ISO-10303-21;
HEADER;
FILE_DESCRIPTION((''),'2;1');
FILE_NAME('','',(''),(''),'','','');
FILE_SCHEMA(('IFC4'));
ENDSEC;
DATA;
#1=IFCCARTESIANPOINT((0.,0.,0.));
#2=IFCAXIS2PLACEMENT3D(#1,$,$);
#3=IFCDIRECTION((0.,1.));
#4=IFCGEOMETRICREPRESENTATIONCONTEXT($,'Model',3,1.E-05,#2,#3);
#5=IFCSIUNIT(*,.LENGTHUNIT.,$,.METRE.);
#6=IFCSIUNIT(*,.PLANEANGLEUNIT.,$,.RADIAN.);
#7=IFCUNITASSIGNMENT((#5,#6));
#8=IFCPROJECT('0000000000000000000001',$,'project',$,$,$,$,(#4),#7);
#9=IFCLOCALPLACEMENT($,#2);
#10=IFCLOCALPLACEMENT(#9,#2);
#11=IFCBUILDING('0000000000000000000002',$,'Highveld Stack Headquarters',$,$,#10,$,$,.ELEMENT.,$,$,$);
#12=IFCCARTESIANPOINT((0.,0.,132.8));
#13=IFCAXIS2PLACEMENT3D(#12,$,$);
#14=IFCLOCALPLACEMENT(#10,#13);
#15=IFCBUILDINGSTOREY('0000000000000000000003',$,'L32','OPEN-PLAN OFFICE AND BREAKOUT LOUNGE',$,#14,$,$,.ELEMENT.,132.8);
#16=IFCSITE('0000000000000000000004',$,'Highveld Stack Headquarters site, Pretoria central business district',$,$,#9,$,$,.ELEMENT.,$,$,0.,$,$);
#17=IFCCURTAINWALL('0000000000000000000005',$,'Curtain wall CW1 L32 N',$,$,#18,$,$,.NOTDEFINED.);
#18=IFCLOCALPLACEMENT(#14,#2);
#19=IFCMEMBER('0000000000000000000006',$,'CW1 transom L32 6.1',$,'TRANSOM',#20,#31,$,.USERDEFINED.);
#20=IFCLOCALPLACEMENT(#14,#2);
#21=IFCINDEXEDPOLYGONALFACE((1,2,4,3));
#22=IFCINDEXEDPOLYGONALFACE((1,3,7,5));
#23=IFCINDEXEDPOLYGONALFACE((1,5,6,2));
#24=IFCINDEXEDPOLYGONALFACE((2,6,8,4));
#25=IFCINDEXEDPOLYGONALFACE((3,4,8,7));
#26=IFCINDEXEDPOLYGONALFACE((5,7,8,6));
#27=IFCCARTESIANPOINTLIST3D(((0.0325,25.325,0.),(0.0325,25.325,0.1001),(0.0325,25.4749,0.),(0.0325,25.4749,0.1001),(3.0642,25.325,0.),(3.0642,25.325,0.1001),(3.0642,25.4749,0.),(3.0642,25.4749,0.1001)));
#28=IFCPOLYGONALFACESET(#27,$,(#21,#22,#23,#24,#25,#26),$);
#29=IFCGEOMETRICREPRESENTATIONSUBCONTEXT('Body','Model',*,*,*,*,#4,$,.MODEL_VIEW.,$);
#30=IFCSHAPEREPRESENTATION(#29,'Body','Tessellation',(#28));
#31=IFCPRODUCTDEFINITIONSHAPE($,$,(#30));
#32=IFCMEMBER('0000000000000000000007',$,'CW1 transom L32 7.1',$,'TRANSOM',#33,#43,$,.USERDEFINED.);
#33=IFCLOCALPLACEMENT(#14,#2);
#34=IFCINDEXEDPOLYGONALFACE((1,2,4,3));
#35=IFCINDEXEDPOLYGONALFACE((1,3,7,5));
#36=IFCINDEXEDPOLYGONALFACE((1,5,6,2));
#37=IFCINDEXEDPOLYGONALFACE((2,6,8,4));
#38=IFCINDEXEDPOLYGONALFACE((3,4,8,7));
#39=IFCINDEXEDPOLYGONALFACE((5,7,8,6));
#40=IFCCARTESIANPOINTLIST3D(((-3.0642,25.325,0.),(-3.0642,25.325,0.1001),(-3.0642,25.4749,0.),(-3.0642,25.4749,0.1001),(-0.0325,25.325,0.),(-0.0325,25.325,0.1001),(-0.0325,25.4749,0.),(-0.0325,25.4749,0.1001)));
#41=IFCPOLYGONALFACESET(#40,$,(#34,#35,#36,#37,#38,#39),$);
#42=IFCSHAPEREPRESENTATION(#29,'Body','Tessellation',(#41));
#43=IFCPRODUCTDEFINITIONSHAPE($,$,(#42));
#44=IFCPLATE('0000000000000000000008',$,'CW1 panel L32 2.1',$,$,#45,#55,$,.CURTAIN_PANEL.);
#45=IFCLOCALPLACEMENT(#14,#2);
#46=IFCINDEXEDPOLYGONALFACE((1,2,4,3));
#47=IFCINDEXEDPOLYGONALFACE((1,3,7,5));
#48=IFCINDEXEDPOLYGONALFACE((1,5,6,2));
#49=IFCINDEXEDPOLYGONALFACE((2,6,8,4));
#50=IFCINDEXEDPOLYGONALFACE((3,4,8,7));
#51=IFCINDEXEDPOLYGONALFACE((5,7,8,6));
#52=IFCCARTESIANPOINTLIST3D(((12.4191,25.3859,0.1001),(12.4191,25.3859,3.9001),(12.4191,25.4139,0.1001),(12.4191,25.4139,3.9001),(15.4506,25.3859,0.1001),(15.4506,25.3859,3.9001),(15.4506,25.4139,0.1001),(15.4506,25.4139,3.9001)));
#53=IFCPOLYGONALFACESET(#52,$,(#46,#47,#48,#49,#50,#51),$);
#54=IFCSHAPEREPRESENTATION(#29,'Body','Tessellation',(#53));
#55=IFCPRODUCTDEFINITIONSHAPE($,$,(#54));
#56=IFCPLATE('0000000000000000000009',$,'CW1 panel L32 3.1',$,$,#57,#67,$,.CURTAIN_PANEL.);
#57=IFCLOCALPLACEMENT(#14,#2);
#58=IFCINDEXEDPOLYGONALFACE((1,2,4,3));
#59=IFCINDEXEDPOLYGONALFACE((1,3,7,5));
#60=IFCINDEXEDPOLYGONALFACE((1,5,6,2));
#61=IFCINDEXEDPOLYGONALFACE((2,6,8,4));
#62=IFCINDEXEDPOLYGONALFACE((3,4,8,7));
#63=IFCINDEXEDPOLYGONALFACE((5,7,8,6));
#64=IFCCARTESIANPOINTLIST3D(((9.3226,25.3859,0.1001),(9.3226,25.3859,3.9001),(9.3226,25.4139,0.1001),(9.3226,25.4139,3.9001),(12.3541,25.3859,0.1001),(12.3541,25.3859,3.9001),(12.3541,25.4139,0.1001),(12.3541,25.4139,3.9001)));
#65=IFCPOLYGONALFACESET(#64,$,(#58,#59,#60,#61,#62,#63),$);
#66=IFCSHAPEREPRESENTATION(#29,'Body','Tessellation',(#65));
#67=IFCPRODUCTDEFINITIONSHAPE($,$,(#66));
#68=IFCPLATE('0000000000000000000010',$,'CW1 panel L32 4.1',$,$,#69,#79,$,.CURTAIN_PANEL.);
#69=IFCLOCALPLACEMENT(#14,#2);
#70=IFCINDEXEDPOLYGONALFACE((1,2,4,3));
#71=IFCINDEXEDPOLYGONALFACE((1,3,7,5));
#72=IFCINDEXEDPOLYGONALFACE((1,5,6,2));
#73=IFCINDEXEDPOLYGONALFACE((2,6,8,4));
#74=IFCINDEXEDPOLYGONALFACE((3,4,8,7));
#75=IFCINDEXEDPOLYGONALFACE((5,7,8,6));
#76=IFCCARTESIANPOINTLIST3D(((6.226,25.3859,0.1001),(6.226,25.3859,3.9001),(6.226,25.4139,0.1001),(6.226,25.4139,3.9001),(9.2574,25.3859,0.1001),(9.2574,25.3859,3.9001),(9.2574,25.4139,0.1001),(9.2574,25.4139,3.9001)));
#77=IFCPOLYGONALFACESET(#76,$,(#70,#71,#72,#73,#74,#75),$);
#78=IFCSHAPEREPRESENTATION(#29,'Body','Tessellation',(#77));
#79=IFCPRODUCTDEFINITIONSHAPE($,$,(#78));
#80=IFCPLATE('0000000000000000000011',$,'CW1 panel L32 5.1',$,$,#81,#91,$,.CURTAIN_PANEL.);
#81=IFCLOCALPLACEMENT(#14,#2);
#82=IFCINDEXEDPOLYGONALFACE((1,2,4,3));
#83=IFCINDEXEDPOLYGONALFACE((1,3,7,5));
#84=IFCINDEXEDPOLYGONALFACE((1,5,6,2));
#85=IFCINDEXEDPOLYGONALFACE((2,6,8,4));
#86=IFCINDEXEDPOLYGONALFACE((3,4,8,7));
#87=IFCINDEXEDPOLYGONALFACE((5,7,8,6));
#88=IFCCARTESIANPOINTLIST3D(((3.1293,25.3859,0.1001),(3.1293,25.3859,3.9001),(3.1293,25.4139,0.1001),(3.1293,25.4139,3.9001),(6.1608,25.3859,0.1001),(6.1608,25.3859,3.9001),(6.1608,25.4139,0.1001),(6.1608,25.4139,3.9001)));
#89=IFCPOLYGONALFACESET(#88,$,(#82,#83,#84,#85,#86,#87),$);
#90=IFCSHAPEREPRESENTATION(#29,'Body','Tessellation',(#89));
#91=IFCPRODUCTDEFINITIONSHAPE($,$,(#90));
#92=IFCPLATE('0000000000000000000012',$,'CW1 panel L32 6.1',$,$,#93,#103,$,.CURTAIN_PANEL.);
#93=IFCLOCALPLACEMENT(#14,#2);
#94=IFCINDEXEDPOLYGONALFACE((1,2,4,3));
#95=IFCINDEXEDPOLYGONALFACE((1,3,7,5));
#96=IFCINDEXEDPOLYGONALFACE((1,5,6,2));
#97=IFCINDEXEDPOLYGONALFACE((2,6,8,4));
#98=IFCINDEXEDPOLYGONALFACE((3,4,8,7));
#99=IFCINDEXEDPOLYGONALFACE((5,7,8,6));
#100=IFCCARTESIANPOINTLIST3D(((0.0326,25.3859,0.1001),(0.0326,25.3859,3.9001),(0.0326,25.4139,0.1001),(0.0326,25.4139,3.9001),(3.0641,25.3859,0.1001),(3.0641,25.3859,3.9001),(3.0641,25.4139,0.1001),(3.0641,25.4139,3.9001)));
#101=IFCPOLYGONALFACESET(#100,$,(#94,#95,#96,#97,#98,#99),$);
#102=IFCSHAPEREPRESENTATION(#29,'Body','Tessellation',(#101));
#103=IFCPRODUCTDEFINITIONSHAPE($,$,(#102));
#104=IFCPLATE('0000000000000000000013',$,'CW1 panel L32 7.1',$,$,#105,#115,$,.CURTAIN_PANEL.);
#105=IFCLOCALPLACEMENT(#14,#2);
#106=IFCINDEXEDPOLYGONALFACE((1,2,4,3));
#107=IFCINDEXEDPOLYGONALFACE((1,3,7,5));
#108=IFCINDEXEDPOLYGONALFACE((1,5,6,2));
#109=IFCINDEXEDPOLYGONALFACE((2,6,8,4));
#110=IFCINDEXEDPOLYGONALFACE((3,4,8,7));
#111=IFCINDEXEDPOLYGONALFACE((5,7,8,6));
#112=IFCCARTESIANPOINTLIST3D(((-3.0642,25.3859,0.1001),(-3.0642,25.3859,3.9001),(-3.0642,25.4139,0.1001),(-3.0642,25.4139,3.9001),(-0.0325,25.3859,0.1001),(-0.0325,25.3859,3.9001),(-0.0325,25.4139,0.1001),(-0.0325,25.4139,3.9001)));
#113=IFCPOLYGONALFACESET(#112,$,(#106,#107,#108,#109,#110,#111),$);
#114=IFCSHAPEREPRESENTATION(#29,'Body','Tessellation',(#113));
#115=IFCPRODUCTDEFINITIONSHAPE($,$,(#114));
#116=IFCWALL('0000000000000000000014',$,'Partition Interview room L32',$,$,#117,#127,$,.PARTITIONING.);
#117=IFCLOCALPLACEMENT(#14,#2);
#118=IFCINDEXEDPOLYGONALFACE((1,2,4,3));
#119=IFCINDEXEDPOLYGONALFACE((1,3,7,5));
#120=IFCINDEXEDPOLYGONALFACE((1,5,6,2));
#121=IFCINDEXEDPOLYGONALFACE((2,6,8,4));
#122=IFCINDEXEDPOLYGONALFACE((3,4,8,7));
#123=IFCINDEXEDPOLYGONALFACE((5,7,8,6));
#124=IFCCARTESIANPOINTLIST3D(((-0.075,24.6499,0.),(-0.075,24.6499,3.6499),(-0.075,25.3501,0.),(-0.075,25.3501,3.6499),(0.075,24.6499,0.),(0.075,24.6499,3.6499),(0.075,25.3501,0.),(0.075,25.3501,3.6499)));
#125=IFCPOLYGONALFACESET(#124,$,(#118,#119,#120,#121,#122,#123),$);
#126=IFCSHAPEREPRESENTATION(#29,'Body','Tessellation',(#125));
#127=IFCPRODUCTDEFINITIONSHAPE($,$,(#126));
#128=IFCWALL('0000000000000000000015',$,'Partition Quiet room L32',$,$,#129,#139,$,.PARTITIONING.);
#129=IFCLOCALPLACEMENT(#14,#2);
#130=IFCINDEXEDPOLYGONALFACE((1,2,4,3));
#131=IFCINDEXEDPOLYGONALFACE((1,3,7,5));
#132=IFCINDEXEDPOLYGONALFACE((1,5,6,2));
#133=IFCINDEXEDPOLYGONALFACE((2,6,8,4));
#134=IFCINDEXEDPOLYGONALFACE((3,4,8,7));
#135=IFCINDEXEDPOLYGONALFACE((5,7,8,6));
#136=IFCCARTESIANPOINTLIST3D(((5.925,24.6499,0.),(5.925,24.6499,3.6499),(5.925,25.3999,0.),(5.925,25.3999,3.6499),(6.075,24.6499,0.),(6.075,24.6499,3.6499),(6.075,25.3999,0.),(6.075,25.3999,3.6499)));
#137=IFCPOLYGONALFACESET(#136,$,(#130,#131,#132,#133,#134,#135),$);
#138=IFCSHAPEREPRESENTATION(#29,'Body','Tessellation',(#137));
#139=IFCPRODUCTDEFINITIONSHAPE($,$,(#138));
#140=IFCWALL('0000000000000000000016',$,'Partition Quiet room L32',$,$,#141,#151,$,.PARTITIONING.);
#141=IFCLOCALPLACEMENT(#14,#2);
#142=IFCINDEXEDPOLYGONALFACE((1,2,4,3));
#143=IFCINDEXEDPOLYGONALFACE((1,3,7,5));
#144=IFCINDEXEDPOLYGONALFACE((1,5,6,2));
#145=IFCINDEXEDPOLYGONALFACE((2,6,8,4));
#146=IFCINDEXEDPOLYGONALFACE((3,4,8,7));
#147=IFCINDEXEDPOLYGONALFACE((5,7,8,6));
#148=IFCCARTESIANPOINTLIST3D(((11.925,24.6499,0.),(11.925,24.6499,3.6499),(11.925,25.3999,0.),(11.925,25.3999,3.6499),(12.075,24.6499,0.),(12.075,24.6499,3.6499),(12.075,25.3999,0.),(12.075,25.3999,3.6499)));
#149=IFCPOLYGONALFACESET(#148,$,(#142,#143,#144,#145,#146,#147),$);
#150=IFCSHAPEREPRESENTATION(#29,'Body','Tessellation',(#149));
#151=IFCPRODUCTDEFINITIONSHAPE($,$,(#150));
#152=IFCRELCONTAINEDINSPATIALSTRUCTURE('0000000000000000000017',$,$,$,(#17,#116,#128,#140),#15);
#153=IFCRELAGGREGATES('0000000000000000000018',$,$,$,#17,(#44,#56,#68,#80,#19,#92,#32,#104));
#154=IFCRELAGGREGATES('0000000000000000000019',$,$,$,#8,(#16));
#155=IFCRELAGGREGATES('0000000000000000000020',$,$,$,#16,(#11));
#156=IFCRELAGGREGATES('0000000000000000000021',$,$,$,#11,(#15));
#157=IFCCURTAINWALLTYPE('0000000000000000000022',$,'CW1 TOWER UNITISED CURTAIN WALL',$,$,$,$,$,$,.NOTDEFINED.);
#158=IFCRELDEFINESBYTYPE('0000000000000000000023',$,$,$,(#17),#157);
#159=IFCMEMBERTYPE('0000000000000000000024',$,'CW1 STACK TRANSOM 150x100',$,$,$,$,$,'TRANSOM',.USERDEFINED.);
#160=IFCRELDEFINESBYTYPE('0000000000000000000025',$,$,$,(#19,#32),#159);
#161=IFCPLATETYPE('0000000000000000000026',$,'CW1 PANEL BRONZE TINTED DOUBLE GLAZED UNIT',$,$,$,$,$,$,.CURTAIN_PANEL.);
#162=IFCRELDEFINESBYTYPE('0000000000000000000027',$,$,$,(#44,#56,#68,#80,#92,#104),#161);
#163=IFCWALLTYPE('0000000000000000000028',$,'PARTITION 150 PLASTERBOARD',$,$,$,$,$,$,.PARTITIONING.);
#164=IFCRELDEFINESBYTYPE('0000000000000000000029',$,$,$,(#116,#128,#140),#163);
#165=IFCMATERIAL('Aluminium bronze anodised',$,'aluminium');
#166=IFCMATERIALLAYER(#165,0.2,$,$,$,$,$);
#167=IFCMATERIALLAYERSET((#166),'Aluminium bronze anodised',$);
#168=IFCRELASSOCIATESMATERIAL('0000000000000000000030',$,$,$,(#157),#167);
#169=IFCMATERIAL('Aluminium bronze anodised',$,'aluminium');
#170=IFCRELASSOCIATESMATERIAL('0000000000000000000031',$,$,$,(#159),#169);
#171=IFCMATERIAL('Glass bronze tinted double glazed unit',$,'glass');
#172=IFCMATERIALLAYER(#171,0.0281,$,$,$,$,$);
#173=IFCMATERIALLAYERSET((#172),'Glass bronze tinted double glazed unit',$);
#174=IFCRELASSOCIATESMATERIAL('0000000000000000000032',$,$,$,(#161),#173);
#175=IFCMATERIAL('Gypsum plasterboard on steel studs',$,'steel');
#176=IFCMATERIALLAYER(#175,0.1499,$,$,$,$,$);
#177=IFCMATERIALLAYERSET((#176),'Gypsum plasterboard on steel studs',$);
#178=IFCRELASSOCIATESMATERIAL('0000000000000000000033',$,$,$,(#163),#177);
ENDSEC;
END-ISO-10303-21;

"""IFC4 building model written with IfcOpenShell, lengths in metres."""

from ifc_helpers import new_model, si_unit, direction, frame, frame_2d, origin, origin_2d, place, context, subcontext, project, spatial, rectangle, extrude, material, layer, layer_set, material_profile, profile_set, type_object, element, aggregate, save


model = new_model("IFC4")

# Units and contexts
model_context = context("Model", 3, precision=1e-05, world=origin(), true_north=direction((0.0, 1.0)))
body_context = subcontext(model_context, "Body", "Model", "MODEL_VIEW")
ifc_project = project(units=[si_unit("LENGTHUNIT", "METRE"), si_unit("PLANEANGLEUNIT", "RADIAN")], contexts=[model_context])

# Site, building, storey
site_placement = place(None, origin())
site = spatial("IfcSite", under=ifc_project, at=site_placement, Name="Highveld Stack Headquarters site, Pretoria central business district", CompositionType="ELEMENT", RefElevation=0.0)
building_placement = place(site_placement, origin())
building = spatial("IfcBuilding", under=site, at=building_placement, Name="Highveld Stack Headquarters", CompositionType="ELEMENT")
storey_placement = place(building_placement, frame((0.0, 0.0, 132.8)))
storey = spatial("IfcBuildingStorey", under=building, at=storey_placement, Name="L32", Description="OPEN-PLAN OFFICE AND BREAKOUT LOUNGE", CompositionType="ELEMENT", Elevation=132.8)

# Curtain wall, members, plates
ifc_material_1 = material(Name="Aluminium bronze anodised", Category="aluminium")
ifc_layer_1 = layer(ifc_material_1, 0.2)
ifc_layer_set_1 = layer_set([ifc_layer_1], Name="Aluminium bronze anodised")
curtain_wall_type = type_object("IfcCurtainWallType", Name="CW1 TOWER UNITISED CURTAIN WALL", PredefinedType="NOTDEFINED", material=ifc_layer_set_1)
curtain_wall_placement = place(storey_placement, origin())
curtain_wall = element("IfcCurtainWall", 1, at=curtain_wall_placement, inside=storey, type_object=curtain_wall_type, Name="Curtain wall CW1 L32 N", PredefinedType="NOTDEFINED")
ifc_material_2 = material(Name="Aluminium bronze anodised", Category="aluminium")
ifc_material_profile_1 = material_profile(ifc_material_2, rectangle(XDim=0.1499, YDim=0.1001, at=origin_2d()), Name="CW1 TRANSOM 150x100")
ifc_profile_set_1 = profile_set([ifc_material_profile_1], Name="Aluminium bronze anodised")
member_type_1 = type_object("IfcMemberType", Name="CW1 STACK TRANSOM 150x100", ElementType="TRANSOM", PredefinedType="USERDEFINED", material=ifc_profile_set_1)
member_1_placement = place(storey_placement, frame((3.0642, 25.3999, 0.05), z_axis=(-1.0, 0.0, 0.0), x_axis=(0.0, -1.0, 0.0)))
member_1 = element("IfcMember", 2, at=member_1_placement, type_object=member_type_1, Name="CW1 transom L32 6.1", ObjectType="TRANSOM", PredefinedType="USERDEFINED", context=body_context, shape_type="SweptSolid", body=[
    extrude(rectangle(XDim=0.1499, YDim=0.1001, at=origin_2d()), origin(), (0.0, 0.0, 1.0), 3.0317),
])
member_2_placement = place(storey_placement, frame((-0.0325, 25.3999, 0.05), z_axis=(-1.0, 0.0, 0.0), x_axis=(0.0, -1.0, 0.0)))
member_2 = element("IfcMember", 3, at=member_2_placement, type_object=member_type_1, Name="CW1 transom L32 7.1", ObjectType="TRANSOM", PredefinedType="USERDEFINED", context=body_context, shape_type="SweptSolid", body=[
    extrude(rectangle(XDim=0.1499, YDim=0.1001, at=origin_2d()), origin(), (0.0, 0.0, 1.0), 3.0317),
])
ifc_material_3 = material(Name="Glass bronze tinted double glazed unit", Category="glass")
ifc_layer_2 = layer(ifc_material_3, 0.0281)
ifc_layer_set_2 = layer_set([ifc_layer_2], Name="Glass bronze tinted double glazed unit")
plate_type = type_object("IfcPlateType", Name="CW1 PANEL BRONZE TINTED DOUBLE GLAZED UNIT", PredefinedType="CURTAIN_PANEL", material=ifc_layer_set_2)
plate_1_placement = place(storey_placement, frame((13.9348, 25.3999, 0.1001), z_axis=(0.0, 0.0, 1.0), x_axis=(-1.0, 0.0, 0.0)))
plate_1 = element("IfcPlate", 4, at=plate_1_placement, type_object=plate_type, Name="CW1 panel L32 2.1", PredefinedType="CURTAIN_PANEL", context=body_context, shape_type="SweptSolid", body=[
    extrude(rectangle(XDim=3.0315, YDim=0.0281, at=origin_2d()), origin(), (0.0, 0.0, 1.0), 3.8),
])
plate_2_placement = place(storey_placement, frame((10.8384, 25.3999, 0.1001), z_axis=(0.0, 0.0, 1.0), x_axis=(-1.0, 0.0, 0.0)))
plate_2 = element("IfcPlate", 5, at=plate_2_placement, type_object=plate_type, Name="CW1 panel L32 3.1", PredefinedType="CURTAIN_PANEL", context=body_context, shape_type="SweptSolid", body=[
    extrude(rectangle(XDim=3.0315, YDim=0.0281, at=origin_2d()), origin(), (0.0, 0.0, 1.0), 3.8),
])
plate_3_placement = place(storey_placement, frame((7.7417, 25.3999, 0.1001), z_axis=(0.0, 0.0, 1.0), x_axis=(-1.0, 0.0, 0.0)))
plate_3 = element("IfcPlate", 6, at=plate_3_placement, type_object=plate_type, Name="CW1 panel L32 4.1", PredefinedType="CURTAIN_PANEL", context=body_context, shape_type="SweptSolid", body=[
    extrude(rectangle(XDim=3.0315, YDim=0.0281, at=origin_2d()), origin(), (0.0, 0.0, 1.0), 3.8),
])
plate_4_placement = place(storey_placement, frame((4.645, 25.3999, 0.1001), z_axis=(0.0, 0.0, 1.0), x_axis=(-1.0, 0.0, 0.0)))
plate_4 = element("IfcPlate", 7, at=plate_4_placement, type_object=plate_type, Name="CW1 panel L32 5.1", PredefinedType="CURTAIN_PANEL", context=body_context, shape_type="SweptSolid", body=[
    extrude(rectangle(XDim=3.0315, YDim=0.0281, at=origin_2d()), origin(), (0.0, 0.0, 1.0), 3.8),
])
plate_5_placement = place(storey_placement, frame((1.5483, 25.3999, 0.1001), z_axis=(0.0, 0.0, 1.0), x_axis=(-1.0, 0.0, 0.0)))
plate_5 = element("IfcPlate", 8, at=plate_5_placement, type_object=plate_type, Name="CW1 panel L32 6.1", PredefinedType="CURTAIN_PANEL", context=body_context, shape_type="SweptSolid", body=[
    extrude(rectangle(XDim=3.0315, YDim=0.0281, at=origin_2d()), origin(), (0.0, 0.0, 1.0), 3.8),
])
plate_6_placement = place(storey_placement, frame((-1.5483, 25.3999, 0.1001), z_axis=(0.0, 0.0, 1.0), x_axis=(-1.0, 0.0, 0.0)))
plate_6 = element("IfcPlate", 9, at=plate_6_placement, type_object=plate_type, Name="CW1 panel L32 7.1", PredefinedType="CURTAIN_PANEL", context=body_context, shape_type="SweptSolid", body=[
    extrude(rectangle(XDim=3.0317, YDim=0.0281, at=origin_2d()), origin(), (0.0, 0.0, 1.0), 3.8),
])
aggregate(curtain_wall, [plate_1, plate_2, plate_3, plate_4, member_1, plate_5, member_2, plate_6])

# Walls
ifc_material_4 = material(Name="Gypsum plasterboard on steel studs", Category="steel")
ifc_layer_3 = layer(ifc_material_4, 0.1499)
ifc_layer_set_3 = layer_set([ifc_layer_3], Name="Gypsum plasterboard on steel studs")
wall_type = type_object("IfcWallType", Name="PARTITION 150 PLASTERBOARD", PredefinedType="PARTITIONING", material=ifc_layer_set_3)
wall_placement = place(storey_placement, frame((0.0, 24.6499, 0.0), z_axis=(0.0, 0.0, 1.0), x_axis=(0.0, 1.0, 0.0)))
element("IfcWall", 10, at=wall_placement, inside=storey, type_object=wall_type, Name="Partition Interview room L32", PredefinedType="PARTITIONING", context=body_context, shape_type="SweptSolid", body=[
    extrude(rectangle(XDim=0.7002, YDim=0.1499, at=frame_2d((0.3501, 0.0))), origin(), (0.0, 0.0, 1.0), 3.6499),
])
for number, where, z_axis, x_axis, name in (
    (11, (6.0, 24.6499, 0.0), (0.0, 0.0, 1.0), (0.0, 1.0, 0.0), "Partition Quiet room L32"),
    (12, (12.0, 24.6499, 0.0), (0.0, 0.0, 1.0), (0.0, 1.0, 0.0), "Partition Quiet room L32"),
):
    element("IfcWall", number, at=place(storey_placement, frame(where, z_axis=z_axis, x_axis=x_axis)), inside=storey, type_object=wall_type, Name=name, PredefinedType="PARTITIONING", context=body_context, shape_type="SweptSolid", body=[
        extrude(rectangle(XDim=0.75, YDim=0.1499, at=frame_2d((0.375, 0.0))), origin(), (0.0, 0.0, 1.0), 3.6499),
    ])

save(model, "model.ifc")
